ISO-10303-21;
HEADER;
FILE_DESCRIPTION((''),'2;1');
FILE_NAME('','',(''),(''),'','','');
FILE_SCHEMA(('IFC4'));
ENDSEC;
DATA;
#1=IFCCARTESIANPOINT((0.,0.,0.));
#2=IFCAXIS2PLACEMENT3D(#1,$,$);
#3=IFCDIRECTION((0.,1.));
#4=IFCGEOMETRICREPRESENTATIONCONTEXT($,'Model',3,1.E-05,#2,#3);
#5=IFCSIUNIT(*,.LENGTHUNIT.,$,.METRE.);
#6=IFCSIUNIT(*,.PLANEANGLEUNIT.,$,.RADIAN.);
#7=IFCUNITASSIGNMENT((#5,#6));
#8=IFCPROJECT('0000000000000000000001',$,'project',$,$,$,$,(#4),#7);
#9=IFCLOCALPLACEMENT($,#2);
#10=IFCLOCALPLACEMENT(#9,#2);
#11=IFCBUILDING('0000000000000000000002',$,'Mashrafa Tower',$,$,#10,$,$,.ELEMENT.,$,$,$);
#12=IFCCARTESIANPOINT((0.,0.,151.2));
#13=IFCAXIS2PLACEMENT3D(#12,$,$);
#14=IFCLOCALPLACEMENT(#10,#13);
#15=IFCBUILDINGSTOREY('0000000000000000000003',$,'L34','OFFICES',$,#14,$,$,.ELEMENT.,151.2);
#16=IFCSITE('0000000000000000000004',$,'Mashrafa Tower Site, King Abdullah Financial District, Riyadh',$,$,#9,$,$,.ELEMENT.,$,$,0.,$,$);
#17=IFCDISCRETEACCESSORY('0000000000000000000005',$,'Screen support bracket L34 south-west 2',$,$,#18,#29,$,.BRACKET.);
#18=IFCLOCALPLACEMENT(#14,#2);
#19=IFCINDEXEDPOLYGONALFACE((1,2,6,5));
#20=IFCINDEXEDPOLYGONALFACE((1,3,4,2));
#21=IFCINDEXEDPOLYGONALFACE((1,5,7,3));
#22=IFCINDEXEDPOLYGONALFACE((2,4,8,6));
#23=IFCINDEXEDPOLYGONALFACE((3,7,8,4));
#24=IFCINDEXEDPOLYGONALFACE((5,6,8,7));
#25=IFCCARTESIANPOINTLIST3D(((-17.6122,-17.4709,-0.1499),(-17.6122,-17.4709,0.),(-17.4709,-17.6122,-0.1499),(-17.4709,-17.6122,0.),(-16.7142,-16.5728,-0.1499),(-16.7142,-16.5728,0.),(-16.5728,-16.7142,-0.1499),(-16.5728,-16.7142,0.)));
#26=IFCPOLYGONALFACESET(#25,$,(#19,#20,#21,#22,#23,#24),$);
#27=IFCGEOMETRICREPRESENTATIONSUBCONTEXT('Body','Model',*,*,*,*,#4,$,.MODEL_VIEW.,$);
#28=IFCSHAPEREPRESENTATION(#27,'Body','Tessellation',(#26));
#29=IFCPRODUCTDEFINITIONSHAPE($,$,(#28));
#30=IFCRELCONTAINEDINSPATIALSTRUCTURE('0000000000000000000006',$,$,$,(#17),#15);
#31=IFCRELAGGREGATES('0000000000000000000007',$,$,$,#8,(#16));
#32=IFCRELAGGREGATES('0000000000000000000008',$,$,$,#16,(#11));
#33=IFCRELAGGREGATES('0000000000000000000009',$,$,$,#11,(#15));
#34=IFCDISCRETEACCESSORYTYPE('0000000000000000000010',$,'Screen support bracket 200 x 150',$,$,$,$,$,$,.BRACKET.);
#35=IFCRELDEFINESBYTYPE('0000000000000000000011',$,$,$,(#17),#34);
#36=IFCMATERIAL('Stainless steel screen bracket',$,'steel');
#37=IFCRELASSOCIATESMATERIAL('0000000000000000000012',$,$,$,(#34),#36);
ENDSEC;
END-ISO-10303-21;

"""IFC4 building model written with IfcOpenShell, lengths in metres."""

from ifc_helpers import new_model, si_unit, direction, frame, origin, origin_2d, place, context, subcontext, project, spatial, rectangle, extrude, source, transform, mapped, material, type_object, type_shapes, element, save


model = new_model("IFC4")

# Units and contexts
model_context = context("Model", 3, precision=1e-05, world=origin(), true_north=direction((0.0, 1.0)))
body_context = subcontext(model_context, "Body", "Model", "MODEL_VIEW")
ifc_project = project(units=[si_unit("LENGTHUNIT", "METRE"), si_unit("PLANEANGLEUNIT", "RADIAN")], contexts=[model_context])

# Site, building, storey
site_placement = place(None, origin())
site = spatial("IfcSite", under=ifc_project, at=site_placement, Name="Mashrafa Tower Site, King Abdullah Financial District, Riyadh", CompositionType="ELEMENT", RefElevation=0.0)
building_placement = place(site_placement, origin())
building = spatial("IfcBuilding", under=site, at=building_placement, Name="Mashrafa Tower", CompositionType="ELEMENT")
storey_placement = place(building_placement, frame((0.0, 0.0, 151.2)))
storey = spatial("IfcBuildingStorey", under=building, at=storey_placement, Name="L34", Description="OFFICES", CompositionType="ELEMENT", Elevation=151.2)

# Discrete accessory
ifc_material_1 = material(Name="Stainless steel screen bracket", Category="steel")
discrete_accessory_type = type_object("IfcDiscreteAccessoryType", Name="Screen support bracket 200 x 150", PredefinedType="BRACKET", material=ifc_material_1)
shared_shape_1 = source(origin(), body_context, "Body", "SweptSolid", [
    extrude(rectangle(XDim=0.2, YDim=1.27, at=origin_2d()), origin(), (0.0, 0.0, 1.0), 0.1499),
])
type_shapes(discrete_accessory_type, [shared_shape_1])
for number, where, z_axis, x_axis, name in (
    (1, (-17.0925, -17.0925, -0.1499), (0.0, 0.0, 1.0), (0.707107, -0.707107, 0.0), "Screen support bracket L34 south-west 2"),
):
    element("IfcDiscreteAccessory", number, at=place(storey_placement, frame(where, z_axis=z_axis, x_axis=x_axis)), inside=storey, type_object=discrete_accessory_type, Name=name, PredefinedType="BRACKET", context=body_context, shape_type="MappedRepresentation", body=[
        mapped(shared_shape_1, transform((0.0, 0.0, 0.0))),
    ])

save(model, "model.ifc")
